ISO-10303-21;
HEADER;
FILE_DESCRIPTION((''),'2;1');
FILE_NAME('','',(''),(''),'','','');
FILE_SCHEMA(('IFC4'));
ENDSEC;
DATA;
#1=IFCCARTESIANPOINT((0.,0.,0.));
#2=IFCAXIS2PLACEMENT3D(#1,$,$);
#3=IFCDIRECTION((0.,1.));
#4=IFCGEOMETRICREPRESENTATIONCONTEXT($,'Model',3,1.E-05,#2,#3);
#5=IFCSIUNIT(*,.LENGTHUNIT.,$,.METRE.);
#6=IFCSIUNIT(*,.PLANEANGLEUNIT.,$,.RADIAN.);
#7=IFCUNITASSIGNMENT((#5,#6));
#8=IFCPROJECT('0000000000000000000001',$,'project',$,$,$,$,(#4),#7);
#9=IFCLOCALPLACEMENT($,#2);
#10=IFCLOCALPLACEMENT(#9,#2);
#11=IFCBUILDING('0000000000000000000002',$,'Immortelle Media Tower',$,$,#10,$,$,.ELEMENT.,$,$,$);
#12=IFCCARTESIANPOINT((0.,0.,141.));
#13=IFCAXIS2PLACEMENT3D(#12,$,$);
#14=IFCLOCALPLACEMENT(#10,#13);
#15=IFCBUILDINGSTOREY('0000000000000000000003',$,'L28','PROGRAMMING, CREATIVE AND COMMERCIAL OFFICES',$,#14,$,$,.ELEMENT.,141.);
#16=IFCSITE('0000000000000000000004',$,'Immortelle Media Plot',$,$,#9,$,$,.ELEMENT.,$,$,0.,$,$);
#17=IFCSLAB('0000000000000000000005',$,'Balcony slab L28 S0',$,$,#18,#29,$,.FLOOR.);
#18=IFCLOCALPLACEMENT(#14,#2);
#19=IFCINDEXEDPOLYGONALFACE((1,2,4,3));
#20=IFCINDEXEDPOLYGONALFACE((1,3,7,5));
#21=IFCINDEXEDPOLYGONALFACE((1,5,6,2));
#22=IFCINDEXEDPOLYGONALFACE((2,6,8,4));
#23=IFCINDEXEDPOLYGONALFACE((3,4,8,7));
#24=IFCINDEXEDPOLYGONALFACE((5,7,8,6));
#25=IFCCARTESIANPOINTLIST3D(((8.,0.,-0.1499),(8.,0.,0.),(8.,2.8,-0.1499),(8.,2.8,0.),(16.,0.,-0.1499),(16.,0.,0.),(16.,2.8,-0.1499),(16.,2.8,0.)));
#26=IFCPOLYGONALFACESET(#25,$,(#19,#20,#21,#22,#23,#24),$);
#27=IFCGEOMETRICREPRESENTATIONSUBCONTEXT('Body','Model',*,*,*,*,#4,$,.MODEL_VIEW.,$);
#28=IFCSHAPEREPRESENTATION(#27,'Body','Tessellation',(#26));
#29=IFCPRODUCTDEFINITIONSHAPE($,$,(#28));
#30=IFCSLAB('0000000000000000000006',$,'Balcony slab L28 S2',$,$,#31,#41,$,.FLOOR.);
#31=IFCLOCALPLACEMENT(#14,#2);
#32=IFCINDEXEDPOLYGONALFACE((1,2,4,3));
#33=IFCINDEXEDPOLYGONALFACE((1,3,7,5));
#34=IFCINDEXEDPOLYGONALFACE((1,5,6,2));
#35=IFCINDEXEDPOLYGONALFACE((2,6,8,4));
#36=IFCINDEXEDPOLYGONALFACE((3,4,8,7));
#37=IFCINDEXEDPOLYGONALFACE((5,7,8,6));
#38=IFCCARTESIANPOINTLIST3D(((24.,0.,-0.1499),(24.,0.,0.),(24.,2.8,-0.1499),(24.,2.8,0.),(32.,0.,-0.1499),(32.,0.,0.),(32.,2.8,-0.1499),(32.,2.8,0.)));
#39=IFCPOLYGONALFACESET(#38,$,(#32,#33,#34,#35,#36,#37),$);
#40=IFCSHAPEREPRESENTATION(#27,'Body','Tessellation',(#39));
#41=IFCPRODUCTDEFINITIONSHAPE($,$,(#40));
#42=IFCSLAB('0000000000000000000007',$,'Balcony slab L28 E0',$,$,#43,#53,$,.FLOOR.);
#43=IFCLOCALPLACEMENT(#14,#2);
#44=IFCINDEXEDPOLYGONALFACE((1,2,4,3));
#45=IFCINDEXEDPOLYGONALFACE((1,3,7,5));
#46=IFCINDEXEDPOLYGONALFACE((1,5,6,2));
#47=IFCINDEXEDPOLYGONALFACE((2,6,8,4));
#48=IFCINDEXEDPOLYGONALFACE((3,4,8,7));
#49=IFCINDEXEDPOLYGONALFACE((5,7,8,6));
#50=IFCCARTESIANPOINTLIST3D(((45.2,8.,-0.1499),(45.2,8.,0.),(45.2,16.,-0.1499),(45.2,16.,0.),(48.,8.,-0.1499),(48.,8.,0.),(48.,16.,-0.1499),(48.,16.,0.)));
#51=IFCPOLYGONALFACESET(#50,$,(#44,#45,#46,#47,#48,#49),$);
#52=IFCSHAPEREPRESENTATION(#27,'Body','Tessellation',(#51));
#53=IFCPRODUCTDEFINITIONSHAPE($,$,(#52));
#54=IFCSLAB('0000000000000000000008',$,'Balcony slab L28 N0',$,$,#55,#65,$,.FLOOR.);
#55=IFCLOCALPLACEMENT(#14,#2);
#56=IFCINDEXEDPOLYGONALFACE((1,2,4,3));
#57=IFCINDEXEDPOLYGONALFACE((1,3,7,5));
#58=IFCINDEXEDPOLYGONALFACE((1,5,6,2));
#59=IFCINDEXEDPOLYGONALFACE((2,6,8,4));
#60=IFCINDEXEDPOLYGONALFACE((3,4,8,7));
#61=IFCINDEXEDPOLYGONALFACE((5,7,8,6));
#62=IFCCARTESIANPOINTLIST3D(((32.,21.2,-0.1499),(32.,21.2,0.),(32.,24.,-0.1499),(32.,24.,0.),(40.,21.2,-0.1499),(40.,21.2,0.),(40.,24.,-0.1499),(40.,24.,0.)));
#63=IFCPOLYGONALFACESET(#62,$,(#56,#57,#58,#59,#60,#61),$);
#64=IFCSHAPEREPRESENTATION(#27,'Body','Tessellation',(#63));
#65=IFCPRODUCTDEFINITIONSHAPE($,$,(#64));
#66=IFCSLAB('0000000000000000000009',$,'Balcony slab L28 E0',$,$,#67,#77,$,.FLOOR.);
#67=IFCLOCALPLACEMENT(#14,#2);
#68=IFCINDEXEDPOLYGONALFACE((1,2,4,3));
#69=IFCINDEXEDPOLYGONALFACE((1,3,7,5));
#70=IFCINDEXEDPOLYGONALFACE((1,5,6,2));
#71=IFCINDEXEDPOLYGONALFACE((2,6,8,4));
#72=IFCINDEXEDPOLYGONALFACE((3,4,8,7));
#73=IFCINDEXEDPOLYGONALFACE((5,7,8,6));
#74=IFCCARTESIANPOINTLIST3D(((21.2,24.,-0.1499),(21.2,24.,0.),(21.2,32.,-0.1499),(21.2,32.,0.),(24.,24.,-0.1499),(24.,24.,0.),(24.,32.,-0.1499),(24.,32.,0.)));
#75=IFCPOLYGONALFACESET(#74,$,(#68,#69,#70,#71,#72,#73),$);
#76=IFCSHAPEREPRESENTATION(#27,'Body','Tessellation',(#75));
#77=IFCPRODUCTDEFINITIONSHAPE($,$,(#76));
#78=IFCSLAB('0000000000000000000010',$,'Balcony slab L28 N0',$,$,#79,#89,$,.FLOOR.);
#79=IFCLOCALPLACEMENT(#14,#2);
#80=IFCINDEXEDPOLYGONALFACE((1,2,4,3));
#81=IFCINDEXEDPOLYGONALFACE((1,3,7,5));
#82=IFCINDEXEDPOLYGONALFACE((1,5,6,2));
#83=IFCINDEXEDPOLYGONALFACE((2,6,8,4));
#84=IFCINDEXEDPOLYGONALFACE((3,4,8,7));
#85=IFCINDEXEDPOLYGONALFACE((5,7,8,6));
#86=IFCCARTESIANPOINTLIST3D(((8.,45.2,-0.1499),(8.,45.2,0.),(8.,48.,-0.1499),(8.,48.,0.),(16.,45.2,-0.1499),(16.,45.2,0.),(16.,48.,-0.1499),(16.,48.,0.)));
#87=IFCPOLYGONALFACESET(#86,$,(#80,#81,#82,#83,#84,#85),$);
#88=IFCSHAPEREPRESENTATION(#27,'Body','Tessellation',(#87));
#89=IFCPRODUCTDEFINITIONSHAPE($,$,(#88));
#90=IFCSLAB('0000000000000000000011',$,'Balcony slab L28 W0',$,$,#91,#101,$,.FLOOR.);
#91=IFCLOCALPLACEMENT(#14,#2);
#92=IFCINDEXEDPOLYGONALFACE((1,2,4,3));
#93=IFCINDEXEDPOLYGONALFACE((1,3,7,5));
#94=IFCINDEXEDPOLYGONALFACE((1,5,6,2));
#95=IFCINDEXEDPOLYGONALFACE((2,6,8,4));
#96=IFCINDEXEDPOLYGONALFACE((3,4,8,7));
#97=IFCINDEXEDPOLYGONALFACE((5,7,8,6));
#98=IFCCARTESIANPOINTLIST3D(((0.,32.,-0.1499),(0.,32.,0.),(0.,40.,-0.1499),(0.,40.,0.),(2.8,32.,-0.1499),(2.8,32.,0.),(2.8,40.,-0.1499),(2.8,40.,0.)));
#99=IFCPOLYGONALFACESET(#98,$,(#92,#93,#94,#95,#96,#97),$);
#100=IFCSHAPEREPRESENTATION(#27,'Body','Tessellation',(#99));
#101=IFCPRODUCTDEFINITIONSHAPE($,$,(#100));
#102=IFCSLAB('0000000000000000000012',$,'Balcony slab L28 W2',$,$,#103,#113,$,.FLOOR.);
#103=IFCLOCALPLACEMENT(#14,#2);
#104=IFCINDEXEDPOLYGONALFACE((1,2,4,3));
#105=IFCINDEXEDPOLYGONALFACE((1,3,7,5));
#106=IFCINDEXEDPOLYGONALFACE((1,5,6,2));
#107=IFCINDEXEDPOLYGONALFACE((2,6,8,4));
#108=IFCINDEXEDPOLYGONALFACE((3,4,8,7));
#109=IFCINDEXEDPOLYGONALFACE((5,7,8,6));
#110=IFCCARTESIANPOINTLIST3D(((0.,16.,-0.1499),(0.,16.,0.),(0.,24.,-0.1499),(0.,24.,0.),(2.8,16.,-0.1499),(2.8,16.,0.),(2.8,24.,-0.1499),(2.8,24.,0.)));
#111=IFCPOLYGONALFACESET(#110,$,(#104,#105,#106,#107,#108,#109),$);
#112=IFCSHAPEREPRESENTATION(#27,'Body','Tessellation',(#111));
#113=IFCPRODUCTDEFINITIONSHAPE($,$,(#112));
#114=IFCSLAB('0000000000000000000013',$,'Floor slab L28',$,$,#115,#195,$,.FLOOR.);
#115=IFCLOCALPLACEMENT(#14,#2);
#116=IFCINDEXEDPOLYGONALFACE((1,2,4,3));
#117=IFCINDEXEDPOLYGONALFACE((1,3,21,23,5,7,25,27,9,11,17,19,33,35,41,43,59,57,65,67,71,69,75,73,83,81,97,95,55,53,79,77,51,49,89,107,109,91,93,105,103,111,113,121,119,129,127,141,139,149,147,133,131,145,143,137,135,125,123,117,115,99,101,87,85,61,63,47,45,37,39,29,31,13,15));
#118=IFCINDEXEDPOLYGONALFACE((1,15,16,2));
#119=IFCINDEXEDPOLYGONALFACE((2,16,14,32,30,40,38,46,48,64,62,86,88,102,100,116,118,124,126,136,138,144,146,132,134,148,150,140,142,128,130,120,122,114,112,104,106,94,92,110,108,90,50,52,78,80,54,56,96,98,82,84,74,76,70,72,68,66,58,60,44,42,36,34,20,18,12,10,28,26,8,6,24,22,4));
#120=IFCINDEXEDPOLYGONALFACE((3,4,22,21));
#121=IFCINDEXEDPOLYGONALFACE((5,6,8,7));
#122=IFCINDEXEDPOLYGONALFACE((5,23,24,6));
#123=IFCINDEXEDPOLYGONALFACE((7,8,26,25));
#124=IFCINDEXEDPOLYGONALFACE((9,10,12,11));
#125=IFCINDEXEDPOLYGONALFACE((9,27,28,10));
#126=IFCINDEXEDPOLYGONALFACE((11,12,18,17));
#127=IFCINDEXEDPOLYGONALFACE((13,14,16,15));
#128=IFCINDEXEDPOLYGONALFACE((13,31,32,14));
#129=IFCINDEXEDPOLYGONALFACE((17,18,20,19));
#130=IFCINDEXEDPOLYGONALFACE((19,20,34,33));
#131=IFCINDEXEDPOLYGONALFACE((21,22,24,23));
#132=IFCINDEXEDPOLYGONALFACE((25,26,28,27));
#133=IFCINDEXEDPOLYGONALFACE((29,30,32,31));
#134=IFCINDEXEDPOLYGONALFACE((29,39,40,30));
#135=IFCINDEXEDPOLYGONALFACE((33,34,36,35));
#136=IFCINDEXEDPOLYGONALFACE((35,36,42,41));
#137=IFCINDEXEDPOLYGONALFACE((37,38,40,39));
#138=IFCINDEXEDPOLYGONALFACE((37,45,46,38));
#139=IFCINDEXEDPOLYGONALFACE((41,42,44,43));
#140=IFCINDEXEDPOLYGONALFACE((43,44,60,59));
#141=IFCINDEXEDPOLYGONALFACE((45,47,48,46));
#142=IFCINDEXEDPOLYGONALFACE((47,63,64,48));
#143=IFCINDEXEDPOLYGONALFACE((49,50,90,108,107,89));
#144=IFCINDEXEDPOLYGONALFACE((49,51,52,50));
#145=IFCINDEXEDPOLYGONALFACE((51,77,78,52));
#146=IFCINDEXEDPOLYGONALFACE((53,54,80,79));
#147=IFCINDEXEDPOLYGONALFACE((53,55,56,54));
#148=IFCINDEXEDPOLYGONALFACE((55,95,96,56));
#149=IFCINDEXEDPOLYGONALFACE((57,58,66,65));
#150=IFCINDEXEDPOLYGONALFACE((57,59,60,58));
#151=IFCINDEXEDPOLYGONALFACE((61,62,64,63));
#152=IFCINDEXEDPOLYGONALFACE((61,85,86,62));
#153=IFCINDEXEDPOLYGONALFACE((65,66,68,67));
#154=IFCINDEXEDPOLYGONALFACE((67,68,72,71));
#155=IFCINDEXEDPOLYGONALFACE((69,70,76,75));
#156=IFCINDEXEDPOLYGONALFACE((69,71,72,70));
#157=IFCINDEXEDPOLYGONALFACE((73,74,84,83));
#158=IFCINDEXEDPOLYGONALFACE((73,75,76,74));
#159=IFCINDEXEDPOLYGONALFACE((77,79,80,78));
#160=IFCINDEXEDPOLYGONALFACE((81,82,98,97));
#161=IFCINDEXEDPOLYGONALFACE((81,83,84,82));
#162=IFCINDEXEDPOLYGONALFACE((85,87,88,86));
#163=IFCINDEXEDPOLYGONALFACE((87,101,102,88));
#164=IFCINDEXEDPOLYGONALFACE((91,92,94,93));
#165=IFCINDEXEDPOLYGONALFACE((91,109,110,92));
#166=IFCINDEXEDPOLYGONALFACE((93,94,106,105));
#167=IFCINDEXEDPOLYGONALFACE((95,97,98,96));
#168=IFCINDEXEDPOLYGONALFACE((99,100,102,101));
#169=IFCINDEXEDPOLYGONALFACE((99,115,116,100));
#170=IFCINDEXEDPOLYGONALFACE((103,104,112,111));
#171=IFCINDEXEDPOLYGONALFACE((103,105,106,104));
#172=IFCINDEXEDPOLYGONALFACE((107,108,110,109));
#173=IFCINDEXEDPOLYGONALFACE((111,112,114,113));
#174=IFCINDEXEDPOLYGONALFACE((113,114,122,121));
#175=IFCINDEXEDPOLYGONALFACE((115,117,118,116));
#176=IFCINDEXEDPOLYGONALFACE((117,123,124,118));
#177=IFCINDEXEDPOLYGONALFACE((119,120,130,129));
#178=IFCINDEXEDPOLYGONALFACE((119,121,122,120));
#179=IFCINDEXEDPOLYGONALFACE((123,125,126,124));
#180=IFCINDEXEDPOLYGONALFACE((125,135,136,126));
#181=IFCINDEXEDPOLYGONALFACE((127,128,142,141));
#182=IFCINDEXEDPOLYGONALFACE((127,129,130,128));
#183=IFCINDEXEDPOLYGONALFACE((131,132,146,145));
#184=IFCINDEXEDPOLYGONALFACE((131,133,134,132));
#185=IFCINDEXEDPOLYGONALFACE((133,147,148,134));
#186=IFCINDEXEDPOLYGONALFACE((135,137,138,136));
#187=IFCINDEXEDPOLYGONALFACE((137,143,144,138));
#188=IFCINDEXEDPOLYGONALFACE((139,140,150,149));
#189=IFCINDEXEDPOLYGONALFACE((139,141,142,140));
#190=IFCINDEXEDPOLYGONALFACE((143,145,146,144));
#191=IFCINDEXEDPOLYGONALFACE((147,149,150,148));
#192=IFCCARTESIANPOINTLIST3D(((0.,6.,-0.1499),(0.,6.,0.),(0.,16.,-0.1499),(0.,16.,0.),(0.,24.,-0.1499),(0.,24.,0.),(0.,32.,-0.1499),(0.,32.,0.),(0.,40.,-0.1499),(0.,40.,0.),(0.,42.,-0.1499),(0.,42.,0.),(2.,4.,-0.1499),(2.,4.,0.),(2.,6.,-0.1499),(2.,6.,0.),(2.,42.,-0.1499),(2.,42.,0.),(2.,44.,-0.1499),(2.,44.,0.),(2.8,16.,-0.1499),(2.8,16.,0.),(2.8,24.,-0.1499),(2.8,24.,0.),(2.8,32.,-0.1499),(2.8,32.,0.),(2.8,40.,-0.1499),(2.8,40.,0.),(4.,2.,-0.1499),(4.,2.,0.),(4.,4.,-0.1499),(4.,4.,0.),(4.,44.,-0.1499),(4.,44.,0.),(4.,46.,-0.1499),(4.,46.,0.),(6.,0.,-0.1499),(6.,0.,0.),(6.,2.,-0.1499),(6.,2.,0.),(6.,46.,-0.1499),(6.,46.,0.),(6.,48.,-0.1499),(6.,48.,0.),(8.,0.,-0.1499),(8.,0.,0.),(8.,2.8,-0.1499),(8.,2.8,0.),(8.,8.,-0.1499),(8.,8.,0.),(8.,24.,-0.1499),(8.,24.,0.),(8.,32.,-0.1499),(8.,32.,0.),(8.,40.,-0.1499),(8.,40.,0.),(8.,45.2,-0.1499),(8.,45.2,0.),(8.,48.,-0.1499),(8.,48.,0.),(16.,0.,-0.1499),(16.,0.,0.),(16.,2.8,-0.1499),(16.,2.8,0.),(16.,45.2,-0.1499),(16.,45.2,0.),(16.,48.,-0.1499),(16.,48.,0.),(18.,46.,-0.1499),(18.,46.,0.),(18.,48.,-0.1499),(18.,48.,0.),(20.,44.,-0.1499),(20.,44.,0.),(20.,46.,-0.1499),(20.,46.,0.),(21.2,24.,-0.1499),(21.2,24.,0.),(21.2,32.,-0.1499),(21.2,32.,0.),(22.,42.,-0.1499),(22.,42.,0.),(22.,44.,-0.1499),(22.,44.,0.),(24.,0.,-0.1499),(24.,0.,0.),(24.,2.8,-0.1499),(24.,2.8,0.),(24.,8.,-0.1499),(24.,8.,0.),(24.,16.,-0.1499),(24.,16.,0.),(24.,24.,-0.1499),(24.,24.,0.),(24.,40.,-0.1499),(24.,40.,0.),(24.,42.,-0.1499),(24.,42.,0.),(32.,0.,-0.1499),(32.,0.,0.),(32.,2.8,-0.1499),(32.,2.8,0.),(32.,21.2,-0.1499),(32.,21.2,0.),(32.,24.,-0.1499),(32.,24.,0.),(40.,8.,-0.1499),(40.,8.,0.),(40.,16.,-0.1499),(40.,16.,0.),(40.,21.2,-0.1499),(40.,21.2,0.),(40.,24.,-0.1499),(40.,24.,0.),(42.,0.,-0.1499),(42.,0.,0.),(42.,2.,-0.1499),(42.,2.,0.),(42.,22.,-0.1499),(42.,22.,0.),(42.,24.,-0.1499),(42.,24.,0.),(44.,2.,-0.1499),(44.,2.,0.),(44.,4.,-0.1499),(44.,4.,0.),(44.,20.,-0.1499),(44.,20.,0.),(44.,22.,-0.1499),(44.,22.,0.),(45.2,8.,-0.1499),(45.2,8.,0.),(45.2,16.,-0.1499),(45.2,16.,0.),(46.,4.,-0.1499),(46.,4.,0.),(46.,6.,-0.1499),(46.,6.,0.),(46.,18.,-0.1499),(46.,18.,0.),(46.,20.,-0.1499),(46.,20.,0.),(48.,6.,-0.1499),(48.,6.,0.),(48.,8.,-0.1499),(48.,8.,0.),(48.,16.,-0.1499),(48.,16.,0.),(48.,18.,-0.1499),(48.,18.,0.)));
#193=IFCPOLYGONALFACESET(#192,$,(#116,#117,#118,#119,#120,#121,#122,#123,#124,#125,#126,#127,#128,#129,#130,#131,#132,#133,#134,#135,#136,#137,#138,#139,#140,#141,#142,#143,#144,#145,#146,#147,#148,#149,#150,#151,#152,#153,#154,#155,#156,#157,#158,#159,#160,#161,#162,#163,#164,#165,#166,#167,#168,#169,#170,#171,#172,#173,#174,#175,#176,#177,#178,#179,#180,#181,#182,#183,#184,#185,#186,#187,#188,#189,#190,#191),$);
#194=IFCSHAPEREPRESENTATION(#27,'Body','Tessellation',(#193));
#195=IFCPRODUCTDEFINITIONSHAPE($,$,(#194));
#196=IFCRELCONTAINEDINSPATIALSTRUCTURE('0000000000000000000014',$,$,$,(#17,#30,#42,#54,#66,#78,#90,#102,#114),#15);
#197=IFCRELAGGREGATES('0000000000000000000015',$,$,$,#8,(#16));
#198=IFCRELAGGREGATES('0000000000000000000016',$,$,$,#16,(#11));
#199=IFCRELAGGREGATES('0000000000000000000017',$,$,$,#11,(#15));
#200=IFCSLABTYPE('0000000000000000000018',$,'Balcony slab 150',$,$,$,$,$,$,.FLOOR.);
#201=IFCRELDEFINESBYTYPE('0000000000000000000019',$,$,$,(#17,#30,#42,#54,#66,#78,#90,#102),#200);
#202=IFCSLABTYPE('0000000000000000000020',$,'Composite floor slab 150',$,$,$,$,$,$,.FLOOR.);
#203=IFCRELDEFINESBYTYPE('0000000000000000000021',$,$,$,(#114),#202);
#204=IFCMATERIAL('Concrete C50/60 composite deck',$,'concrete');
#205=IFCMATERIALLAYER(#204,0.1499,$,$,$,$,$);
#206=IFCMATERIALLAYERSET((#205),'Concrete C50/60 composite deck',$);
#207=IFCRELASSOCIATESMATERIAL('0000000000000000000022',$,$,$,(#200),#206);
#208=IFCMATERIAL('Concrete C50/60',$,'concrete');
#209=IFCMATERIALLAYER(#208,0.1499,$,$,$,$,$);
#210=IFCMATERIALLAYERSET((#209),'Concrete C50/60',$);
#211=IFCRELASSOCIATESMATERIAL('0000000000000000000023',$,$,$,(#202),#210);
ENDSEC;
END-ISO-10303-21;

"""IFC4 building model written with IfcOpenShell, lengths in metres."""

from ifc_helpers import new_model, si_unit, direction, frame, origin, place, context, subcontext, project, spatial, polyline, outline, extrude, material, layer, layer_set, type_object, element, save


model = new_model("IFC4")

# Units and contexts
model_context = context("Model", 3, precision=1e-05, world=origin(), true_north=direction((0.0, 1.0)))
body_context = subcontext(model_context, "Body", "Model", "MODEL_VIEW")
ifc_project = project(units=[si_unit("LENGTHUNIT", "METRE"), si_unit("PLANEANGLEUNIT", "RADIAN")], contexts=[model_context])

# Site, building, storey
site_placement = place(None, origin())
site = spatial("IfcSite", under=ifc_project, at=site_placement, Name="Immortelle Media Plot", CompositionType="ELEMENT", RefElevation=0.0)
building_placement = place(site_placement, origin())
building = spatial("IfcBuilding", under=site, at=building_placement, Name="Immortelle Media Tower", CompositionType="ELEMENT")
storey_placement = place(building_placement, frame((0.0, 0.0, 141.0)))
storey = spatial("IfcBuildingStorey", under=building, at=storey_placement, Name="L28", Description="PROGRAMMING, CREATIVE AND COMMERCIAL OFFICES", CompositionType="ELEMENT", Elevation=141.0)

# Slabs
ifc_material_1 = material(Name="Concrete C50/60 composite deck", Category="concrete")
ifc_layer_1 = layer(ifc_material_1, 0.1499)
ifc_layer_set_1 = layer_set([ifc_layer_1], Name="Concrete C50/60 composite deck")
slab_type_1 = type_object("IfcSlabType", Name="Balcony slab 150", PredefinedType="FLOOR", material=ifc_layer_set_1)
slab_1_placement = place(storey_placement, frame((0.0, 0.0, -0.1499)))
element("IfcSlab", 1, at=slab_1_placement, inside=storey, type_object=slab_type_1, Name="Balcony slab L28 S0", PredefinedType="FLOOR", context=body_context, shape_type="SweptSolid", body=[
    extrude(outline(polyline([(16.0, 0.0), (16.0, 2.8), (8.0, 2.8), (8.0, 0.0), (16.0, 0.0)])), origin(), (0.0, 0.0, 1.0), 0.1499),
])
slab_2_placement = place(storey_placement, frame((0.0, 0.0, -0.1499)))
element("IfcSlab", 2, at=slab_2_placement, inside=storey, type_object=slab_type_1, Name="Balcony slab L28 S2", PredefinedType="FLOOR", context=body_context, shape_type="SweptSolid", body=[
    extrude(outline(polyline([(32.0, 0.0), (32.0, 2.8), (24.0, 2.8), (24.0, 0.0), (32.0, 0.0)])), origin(), (0.0, 0.0, 1.0), 0.1499),
])
slab_3_placement = place(storey_placement, frame((0.0, 0.0, -0.1499)))
element("IfcSlab", 3, at=slab_3_placement, inside=storey, type_object=slab_type_1, Name="Balcony slab L28 E0", PredefinedType="FLOOR", context=body_context, shape_type="SweptSolid", body=[
    extrude(outline(polyline([(48.0, 8.0), (48.0, 16.0), (45.2, 16.0), (45.2, 8.0), (48.0, 8.0)])), origin(), (0.0, 0.0, 1.0), 0.1499),
])
slab_4_placement = place(storey_placement, frame((0.0, 0.0, -0.1499)))
element("IfcSlab", 4, at=slab_4_placement, inside=storey, type_object=slab_type_1, Name="Balcony slab L28 N0", PredefinedType="FLOOR", context=body_context, shape_type="SweptSolid", body=[
    extrude(outline(polyline([(40.0, 21.2), (40.0, 24.0), (32.0, 24.0), (32.0, 21.2), (40.0, 21.2)])), origin(), (0.0, 0.0, 1.0), 0.1499),
])
slab_5_placement = place(storey_placement, frame((0.0, 0.0, -0.1499)))
element("IfcSlab", 5, at=slab_5_placement, inside=storey, type_object=slab_type_1, Name="Balcony slab L28 E0", PredefinedType="FLOOR", context=body_context, shape_type="SweptSolid", body=[
    extrude(outline(polyline([(24.0, 24.0), (24.0, 32.0), (21.2, 32.0), (21.2, 24.0), (24.0, 24.0)])), origin(), (0.0, 0.0, 1.0), 0.1499),
])
slab_6_placement = place(storey_placement, frame((0.0, 0.0, -0.1499)))
element("IfcSlab", 6, at=slab_6_placement, inside=storey, type_object=slab_type_1, Name="Balcony slab L28 N0", PredefinedType="FLOOR", context=body_context, shape_type="SweptSolid", body=[
    extrude(outline(polyline([(16.0, 45.2), (16.0, 48.0), (8.0, 48.0), (8.0, 45.2), (16.0, 45.2)])), origin(), (0.0, 0.0, 1.0), 0.1499),
])
slab_7_placement = place(storey_placement, frame((0.0, 0.0, -0.1499)))
element("IfcSlab", 7, at=slab_7_placement, inside=storey, type_object=slab_type_1, Name="Balcony slab L28 W0", PredefinedType="FLOOR", context=body_context, shape_type="SweptSolid", body=[
    extrude(outline(polyline([(2.8, 32.0), (2.8, 40.0), (0.0, 40.0), (0.0, 32.0), (2.8, 32.0)])), origin(), (0.0, 0.0, 1.0), 0.1499),
])
slab_8_placement = place(storey_placement, frame((0.0, 0.0, -0.1499)))
element("IfcSlab", 8, at=slab_8_placement, inside=storey, type_object=slab_type_1, Name="Balcony slab L28 W2", PredefinedType="FLOOR", context=body_context, shape_type="SweptSolid", body=[
    extrude(outline(polyline([(2.8, 16.0), (2.8, 24.0), (0.0, 24.0), (0.0, 16.0), (2.8, 16.0)])), origin(), (0.0, 0.0, 1.0), 0.1499),
])
ifc_material_2 = material(Name="Concrete C50/60", Category="concrete")
ifc_layer_2 = layer(ifc_material_2, 0.1499)
ifc_layer_set_2 = layer_set([ifc_layer_2], Name="Concrete C50/60")
slab_type_2 = type_object("IfcSlabType", Name="Composite floor slab 150", PredefinedType="FLOOR", material=ifc_layer_set_2)
slab_9_placement = place(storey_placement, frame((0.0, 0.0, -0.1499)))
element("IfcSlab", 9, at=slab_9_placement, inside=storey, type_object=slab_type_2, Name="Floor slab L28", PredefinedType="FLOOR", context=body_context, shape_type="SweptSolid", body=[
    extrude(outline(polyline([(6.0, 0.0), (6.0, 2.0), (4.0, 2.0), (4.0, 4.0), (2.0, 4.0), (2.0, 6.0), (0.0, 6.0), (0.0, 16.0), (2.8, 16.0), (2.8, 24.0), (0.0, 24.0), (0.0, 32.0), (2.8, 32.0), (2.8, 40.0), (0.0, 40.0), (0.0, 42.0), (2.0, 42.0), (2.0, 44.0), (4.0, 44.0), (4.0, 46.0), (6.0, 46.0), (6.0, 48.0), (8.0, 48.0), (8.0, 45.2), (16.0, 45.2), (16.0, 48.0), (18.0, 48.0), (18.0, 46.0), (20.0, 46.0), (20.0, 44.0), (22.0, 44.0), (22.0, 42.0), (24.0, 42.0), (24.0, 40.0), (8.0, 40.0), (8.0, 32.0), (21.2, 32.0), (21.2, 24.0), (8.0, 24.0), (8.0, 8.0), (24.0, 8.0), (40.0, 8.0), (40.0, 16.0), (24.0, 16.0), (24.0, 24.0), (32.0, 24.0), (32.0, 21.2), (40.0, 21.2), (40.0, 24.0), (42.0, 24.0), (42.0, 22.0), (44.0, 22.0), (44.0, 20.0), (46.0, 20.0), (46.0, 18.0), (48.0, 18.0), (48.0, 16.0), (45.2, 16.0), (45.2, 8.0), (48.0, 8.0), (48.0, 6.0), (46.0, 6.0), (46.0, 4.0), (44.0, 4.0), (44.0, 2.0), (42.0, 2.0), (42.0, 0.0), (32.0, 0.0), (32.0, 2.8), (24.0, 2.8), (24.0, 0.0), (16.0, 0.0), (16.0, 2.8), (8.0, 2.8), (8.0, 0.0), (6.0, 0.0)])), origin(), (0.0, 0.0, 1.0), 0.1499),
])

save(model, "model.ifc")
